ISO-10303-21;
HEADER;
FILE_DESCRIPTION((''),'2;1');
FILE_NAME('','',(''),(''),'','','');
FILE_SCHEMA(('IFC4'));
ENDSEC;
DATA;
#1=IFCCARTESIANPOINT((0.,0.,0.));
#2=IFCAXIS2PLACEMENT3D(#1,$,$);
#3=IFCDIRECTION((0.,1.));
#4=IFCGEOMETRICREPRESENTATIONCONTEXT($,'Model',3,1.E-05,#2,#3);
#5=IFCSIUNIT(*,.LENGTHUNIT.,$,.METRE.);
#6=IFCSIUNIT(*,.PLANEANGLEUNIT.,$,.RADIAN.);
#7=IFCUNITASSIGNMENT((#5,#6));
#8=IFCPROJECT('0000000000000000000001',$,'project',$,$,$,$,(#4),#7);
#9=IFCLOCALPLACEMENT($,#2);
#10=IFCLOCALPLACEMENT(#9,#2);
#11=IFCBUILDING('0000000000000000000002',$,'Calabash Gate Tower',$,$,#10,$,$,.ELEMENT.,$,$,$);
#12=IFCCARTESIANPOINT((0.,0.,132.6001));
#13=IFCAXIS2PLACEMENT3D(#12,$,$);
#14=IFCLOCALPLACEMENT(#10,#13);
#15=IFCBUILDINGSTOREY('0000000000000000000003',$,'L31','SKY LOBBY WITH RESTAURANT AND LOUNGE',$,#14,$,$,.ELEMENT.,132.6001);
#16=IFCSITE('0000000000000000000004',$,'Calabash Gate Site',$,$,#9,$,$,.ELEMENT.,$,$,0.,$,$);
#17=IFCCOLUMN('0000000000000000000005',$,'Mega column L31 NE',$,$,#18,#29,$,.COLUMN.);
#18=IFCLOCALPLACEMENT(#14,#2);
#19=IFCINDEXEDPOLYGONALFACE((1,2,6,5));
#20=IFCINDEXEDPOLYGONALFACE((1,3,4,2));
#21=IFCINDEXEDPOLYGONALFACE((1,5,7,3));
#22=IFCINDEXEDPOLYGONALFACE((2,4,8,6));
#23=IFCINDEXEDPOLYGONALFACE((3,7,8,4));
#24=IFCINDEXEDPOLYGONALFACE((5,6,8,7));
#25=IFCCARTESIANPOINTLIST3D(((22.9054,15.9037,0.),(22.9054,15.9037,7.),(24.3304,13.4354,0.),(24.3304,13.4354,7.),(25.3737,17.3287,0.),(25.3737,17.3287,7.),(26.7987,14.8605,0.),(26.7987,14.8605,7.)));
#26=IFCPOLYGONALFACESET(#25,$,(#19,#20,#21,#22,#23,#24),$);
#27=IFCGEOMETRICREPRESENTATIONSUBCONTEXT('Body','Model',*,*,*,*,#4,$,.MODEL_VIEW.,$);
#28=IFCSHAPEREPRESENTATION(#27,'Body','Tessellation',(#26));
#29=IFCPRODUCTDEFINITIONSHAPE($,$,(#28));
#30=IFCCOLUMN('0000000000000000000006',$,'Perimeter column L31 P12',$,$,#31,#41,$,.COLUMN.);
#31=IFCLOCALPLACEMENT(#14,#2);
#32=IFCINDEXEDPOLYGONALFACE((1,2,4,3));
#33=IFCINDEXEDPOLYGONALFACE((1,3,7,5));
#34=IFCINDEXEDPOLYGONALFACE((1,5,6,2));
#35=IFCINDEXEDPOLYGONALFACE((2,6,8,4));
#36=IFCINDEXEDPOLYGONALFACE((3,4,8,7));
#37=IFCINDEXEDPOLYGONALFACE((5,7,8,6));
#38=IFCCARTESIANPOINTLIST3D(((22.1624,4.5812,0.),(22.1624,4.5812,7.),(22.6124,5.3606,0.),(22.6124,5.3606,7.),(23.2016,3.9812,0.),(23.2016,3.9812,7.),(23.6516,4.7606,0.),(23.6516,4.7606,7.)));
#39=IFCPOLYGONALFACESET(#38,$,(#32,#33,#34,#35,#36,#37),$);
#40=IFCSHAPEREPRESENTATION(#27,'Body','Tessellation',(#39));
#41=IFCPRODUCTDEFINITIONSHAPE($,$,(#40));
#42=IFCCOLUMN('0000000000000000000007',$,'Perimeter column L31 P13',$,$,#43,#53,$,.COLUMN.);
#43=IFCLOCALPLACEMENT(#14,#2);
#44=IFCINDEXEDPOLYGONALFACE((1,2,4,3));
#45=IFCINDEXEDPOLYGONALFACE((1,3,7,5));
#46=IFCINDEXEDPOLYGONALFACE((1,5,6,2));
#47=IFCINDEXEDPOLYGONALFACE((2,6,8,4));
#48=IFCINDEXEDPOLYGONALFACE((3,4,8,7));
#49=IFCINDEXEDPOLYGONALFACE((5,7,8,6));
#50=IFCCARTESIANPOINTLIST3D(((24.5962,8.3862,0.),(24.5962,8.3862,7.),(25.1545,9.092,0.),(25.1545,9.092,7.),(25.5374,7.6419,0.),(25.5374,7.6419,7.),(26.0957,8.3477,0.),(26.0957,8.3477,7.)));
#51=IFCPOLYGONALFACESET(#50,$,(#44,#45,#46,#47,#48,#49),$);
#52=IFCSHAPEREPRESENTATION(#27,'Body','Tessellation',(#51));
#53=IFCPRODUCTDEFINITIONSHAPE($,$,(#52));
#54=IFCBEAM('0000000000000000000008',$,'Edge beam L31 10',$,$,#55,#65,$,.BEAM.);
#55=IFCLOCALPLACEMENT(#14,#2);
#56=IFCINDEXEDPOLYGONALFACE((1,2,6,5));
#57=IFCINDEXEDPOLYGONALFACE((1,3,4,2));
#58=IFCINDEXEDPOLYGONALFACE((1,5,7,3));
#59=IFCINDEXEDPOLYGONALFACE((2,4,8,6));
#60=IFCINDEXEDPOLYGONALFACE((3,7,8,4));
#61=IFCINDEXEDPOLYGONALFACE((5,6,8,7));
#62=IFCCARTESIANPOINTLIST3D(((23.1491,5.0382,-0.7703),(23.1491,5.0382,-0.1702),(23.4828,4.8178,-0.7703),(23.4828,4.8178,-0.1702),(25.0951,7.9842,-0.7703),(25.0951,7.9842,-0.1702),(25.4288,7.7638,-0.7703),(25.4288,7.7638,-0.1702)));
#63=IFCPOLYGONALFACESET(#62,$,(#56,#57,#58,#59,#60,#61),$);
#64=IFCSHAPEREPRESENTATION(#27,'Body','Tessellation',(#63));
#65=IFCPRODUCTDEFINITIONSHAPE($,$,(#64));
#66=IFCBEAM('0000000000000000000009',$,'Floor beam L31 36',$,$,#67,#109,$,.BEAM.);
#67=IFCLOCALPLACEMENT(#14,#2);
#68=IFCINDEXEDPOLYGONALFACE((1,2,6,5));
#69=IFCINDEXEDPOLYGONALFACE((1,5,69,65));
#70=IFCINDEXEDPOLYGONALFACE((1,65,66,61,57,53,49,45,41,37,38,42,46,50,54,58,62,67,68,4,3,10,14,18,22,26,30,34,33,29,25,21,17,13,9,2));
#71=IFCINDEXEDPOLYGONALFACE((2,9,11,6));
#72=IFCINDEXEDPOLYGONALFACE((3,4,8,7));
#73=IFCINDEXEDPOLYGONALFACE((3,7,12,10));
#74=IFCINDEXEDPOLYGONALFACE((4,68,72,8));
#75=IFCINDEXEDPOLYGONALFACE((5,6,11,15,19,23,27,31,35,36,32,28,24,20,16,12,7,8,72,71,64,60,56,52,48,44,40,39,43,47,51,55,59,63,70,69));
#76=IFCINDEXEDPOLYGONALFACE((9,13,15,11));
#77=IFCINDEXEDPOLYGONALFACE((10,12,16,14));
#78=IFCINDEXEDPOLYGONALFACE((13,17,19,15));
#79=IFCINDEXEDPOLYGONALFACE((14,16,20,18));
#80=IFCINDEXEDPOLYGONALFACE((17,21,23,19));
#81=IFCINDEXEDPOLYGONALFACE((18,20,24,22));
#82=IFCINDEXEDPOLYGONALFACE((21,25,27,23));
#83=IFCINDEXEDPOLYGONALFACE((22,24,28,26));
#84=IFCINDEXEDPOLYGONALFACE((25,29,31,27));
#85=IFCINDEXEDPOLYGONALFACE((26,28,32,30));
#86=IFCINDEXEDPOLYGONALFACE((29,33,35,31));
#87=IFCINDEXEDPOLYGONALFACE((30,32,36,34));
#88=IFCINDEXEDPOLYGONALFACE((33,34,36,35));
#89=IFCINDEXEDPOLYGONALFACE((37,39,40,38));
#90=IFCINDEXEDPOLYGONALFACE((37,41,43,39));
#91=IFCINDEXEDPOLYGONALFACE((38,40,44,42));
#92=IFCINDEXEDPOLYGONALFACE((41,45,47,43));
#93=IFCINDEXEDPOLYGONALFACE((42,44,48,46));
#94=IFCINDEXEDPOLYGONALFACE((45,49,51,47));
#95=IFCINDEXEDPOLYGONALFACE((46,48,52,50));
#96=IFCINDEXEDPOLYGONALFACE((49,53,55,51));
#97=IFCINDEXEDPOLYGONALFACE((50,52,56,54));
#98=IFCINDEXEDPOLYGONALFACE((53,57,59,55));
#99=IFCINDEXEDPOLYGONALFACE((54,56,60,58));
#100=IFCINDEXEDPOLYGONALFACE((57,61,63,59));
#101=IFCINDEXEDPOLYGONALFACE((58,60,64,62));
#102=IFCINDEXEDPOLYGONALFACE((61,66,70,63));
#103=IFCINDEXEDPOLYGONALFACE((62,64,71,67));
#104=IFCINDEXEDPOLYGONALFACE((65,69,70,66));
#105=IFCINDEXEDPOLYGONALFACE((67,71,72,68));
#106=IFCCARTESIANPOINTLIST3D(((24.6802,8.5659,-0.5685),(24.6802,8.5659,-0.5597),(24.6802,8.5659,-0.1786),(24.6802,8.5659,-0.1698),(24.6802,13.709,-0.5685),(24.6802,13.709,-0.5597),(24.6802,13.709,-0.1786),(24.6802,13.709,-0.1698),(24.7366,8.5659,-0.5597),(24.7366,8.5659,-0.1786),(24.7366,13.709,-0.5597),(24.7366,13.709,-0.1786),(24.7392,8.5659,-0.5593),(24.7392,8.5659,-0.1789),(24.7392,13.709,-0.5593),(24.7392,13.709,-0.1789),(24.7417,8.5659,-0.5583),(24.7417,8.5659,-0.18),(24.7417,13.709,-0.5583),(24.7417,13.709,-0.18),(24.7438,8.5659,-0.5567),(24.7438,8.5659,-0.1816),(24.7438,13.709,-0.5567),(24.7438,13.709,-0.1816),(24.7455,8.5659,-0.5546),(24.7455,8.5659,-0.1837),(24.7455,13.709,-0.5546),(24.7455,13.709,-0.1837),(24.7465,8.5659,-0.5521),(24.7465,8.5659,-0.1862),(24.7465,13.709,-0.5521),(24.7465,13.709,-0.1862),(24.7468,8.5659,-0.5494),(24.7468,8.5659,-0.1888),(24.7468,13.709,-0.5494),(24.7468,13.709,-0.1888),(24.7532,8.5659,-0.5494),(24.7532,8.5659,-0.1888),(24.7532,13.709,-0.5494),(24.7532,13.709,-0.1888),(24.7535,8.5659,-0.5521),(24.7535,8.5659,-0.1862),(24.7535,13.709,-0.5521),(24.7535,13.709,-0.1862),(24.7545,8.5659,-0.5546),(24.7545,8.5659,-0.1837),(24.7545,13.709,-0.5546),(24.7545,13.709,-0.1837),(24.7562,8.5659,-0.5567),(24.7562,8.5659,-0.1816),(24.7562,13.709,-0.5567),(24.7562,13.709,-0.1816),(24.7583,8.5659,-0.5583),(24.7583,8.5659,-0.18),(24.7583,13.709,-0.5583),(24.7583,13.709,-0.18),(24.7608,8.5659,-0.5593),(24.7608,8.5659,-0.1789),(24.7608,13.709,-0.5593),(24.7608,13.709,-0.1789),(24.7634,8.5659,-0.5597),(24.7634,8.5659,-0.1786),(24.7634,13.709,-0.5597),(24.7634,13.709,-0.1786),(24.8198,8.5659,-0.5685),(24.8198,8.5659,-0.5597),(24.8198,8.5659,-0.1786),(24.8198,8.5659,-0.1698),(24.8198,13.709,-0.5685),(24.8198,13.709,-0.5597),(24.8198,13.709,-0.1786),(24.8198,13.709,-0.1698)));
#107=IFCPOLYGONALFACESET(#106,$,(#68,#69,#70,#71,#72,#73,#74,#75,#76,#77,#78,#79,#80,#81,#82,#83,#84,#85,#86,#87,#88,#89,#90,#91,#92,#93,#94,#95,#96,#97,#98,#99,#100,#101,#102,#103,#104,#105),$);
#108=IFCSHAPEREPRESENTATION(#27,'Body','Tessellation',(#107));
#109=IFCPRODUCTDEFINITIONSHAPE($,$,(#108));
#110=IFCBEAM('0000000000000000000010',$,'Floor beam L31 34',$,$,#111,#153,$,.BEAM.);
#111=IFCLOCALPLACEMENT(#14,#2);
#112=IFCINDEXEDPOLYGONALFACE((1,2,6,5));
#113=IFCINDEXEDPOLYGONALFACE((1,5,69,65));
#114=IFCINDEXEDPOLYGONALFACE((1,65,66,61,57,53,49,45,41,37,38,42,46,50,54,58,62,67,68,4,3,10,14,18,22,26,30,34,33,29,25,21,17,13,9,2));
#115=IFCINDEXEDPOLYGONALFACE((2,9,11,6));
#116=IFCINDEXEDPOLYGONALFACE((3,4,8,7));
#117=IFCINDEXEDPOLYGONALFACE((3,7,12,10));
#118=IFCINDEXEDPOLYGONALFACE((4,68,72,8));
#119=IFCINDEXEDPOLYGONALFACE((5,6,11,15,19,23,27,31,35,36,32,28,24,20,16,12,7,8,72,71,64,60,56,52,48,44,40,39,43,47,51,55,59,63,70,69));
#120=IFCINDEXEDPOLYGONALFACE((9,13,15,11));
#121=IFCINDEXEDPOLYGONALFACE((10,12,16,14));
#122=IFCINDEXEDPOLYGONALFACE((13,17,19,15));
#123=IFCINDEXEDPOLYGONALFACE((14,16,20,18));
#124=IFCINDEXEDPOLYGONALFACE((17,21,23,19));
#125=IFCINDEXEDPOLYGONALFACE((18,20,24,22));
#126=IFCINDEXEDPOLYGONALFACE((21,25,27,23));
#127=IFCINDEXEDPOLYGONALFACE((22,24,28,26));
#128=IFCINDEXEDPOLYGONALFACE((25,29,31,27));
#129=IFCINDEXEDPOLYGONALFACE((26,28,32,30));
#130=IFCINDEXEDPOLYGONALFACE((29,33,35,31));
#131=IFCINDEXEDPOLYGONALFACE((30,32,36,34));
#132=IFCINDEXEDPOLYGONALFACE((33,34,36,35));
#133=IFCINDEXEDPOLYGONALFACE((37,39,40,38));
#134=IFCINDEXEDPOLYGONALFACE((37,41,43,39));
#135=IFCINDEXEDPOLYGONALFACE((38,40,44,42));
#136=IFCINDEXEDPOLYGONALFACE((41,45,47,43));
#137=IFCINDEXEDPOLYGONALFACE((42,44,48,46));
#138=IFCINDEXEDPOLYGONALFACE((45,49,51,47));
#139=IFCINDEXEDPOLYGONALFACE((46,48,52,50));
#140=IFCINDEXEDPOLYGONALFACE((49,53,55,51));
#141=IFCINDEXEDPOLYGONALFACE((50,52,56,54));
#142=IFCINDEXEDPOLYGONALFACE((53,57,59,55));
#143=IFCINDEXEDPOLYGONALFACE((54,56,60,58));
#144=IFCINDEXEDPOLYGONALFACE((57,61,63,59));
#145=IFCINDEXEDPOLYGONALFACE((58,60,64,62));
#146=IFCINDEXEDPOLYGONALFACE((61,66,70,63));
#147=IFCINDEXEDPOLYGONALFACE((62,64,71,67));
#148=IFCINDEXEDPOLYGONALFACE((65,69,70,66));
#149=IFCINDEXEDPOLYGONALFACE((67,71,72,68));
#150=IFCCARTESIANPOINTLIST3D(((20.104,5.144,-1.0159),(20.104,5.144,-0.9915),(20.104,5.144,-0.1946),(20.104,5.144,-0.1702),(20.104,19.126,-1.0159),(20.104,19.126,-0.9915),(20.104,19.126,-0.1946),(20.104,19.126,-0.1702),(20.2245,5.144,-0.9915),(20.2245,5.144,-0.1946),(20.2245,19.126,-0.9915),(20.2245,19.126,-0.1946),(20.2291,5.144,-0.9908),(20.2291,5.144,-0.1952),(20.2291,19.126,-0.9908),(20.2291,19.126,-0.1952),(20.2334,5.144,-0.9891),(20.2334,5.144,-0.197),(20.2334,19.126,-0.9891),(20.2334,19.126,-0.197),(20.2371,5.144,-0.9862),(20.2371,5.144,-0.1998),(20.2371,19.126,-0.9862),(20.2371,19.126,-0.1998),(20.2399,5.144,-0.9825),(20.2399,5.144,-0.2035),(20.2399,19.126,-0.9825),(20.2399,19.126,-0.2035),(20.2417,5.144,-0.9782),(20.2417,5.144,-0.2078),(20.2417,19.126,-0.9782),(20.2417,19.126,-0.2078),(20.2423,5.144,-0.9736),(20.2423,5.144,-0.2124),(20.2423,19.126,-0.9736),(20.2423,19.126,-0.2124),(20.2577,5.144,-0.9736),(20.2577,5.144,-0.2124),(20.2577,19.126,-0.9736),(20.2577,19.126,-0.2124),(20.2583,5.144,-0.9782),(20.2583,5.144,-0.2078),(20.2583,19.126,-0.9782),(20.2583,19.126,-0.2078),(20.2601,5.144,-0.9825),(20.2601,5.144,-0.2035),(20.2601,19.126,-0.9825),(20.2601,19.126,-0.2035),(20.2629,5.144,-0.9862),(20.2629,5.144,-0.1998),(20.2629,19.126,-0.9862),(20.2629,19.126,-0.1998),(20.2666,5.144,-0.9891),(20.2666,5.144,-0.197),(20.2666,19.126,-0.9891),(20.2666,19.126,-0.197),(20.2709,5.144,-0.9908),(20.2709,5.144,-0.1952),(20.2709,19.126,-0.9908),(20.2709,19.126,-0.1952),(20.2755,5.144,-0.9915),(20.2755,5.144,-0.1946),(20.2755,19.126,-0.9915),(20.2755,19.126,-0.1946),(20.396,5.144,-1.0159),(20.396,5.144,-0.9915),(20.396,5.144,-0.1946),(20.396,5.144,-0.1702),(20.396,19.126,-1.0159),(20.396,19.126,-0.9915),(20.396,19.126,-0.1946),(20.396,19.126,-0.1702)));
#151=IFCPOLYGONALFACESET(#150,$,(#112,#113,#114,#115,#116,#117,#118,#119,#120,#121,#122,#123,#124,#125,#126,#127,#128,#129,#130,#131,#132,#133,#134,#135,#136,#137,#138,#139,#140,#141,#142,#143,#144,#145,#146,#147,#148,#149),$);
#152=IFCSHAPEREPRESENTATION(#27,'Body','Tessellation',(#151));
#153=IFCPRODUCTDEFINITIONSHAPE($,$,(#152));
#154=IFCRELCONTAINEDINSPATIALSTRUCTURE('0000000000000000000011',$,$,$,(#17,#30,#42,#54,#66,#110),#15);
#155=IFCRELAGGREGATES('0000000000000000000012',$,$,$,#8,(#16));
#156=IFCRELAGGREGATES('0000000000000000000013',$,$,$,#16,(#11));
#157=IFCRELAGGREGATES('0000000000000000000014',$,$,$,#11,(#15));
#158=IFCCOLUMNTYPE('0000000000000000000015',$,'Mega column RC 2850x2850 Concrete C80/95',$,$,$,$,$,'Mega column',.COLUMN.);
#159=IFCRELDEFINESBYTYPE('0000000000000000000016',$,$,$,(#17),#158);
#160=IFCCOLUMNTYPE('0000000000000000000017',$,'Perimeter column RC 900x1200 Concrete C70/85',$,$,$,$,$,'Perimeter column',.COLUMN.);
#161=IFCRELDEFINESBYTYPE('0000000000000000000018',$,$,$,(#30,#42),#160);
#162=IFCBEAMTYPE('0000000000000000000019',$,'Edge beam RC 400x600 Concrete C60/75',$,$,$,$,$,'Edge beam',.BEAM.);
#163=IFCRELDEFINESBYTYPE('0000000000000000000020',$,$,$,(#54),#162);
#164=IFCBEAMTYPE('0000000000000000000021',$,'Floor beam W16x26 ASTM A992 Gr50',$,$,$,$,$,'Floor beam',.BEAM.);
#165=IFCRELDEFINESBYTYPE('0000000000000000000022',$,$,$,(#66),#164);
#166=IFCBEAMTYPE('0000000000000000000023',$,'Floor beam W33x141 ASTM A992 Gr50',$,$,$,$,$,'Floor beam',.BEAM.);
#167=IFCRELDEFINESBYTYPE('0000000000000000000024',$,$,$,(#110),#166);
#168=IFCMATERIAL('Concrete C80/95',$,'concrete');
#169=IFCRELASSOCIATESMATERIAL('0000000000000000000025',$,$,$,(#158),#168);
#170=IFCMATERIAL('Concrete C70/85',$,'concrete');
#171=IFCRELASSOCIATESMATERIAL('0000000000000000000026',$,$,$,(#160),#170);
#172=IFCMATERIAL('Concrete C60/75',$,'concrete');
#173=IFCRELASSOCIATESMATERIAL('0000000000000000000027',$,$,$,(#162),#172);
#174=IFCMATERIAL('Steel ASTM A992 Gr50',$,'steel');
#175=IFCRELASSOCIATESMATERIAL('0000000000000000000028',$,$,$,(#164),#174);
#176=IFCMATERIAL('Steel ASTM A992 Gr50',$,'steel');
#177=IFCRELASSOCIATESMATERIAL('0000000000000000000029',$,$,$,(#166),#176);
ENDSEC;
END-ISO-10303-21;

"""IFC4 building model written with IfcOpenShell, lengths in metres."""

from ifc_helpers import new_model, si_unit, direction, frame, origin, origin_2d, place, context, subcontext, project, spatial, rectangle, i_section, extrude, material, material_profile, profile_set, type_object, element, save


model = new_model("IFC4")

# Units and contexts
model_context = context("Model", 3, precision=1e-05, world=origin(), true_north=direction((0.0, 1.0)))
body_context = subcontext(model_context, "Body", "Model", "MODEL_VIEW")
ifc_project = project(units=[si_unit("LENGTHUNIT", "METRE"), si_unit("PLANEANGLEUNIT", "RADIAN")], contexts=[model_context])

# Site, building, storey
site_placement = place(None, origin())
site = spatial("IfcSite", under=ifc_project, at=site_placement, Name="Calabash Gate Site", CompositionType="ELEMENT", RefElevation=0.0)
building_placement = place(site_placement, origin())
building = spatial("IfcBuilding", under=site, at=building_placement, Name="Calabash Gate Tower", CompositionType="ELEMENT")
storey_placement = place(building_placement, frame((0.0, 0.0, 132.6001)))
storey = spatial("IfcBuildingStorey", under=building, at=storey_placement, Name="L31", Description="SKY LOBBY WITH RESTAURANT AND LOUNGE", CompositionType="ELEMENT", Elevation=132.6001)

# Columns
ifc_material_1 = material(Name="Concrete C80/95", Category="concrete")
ifc_material_profile_1 = material_profile(ifc_material_1, rectangle(XDim=2.8501, YDim=2.8501, at=origin_2d()))
ifc_profile_set_1 = profile_set([ifc_material_profile_1], Name="Concrete C80/95")
column_type_1 = type_object("IfcColumnType", Name="Mega column RC 2850x2850 Concrete C80/95", ElementType="Mega column", PredefinedType="COLUMN", material=ifc_profile_set_1)
column_placement = place(storey_placement, frame((24.8521, 15.3821, 0.0), z_axis=(0.0, 0.0, 1.0), x_axis=(-0.866025, -0.5, 0.0)))
element("IfcColumn", 1, at=column_placement, inside=storey, type_object=column_type_1, Name="Mega column L31 NE", PredefinedType="COLUMN", context=body_context, shape_type="SweptSolid", body=[
    extrude(rectangle(XDim=2.8501, YDim=2.8501, at=origin_2d()), origin(), (0.0, 0.0, 1.0), 7.0),
])
ifc_material_2 = material(Name="Concrete C70/85", Category="concrete")
ifc_material_profile_2 = material_profile(ifc_material_2, rectangle(XDim=0.8999, YDim=1.2, at=origin_2d()))
ifc_profile_set_2 = profile_set([ifc_material_profile_2], Name="Concrete C70/85")
column_type_2 = type_object("IfcColumnType", Name="Perimeter column RC 900x1200 Concrete C70/85", ElementType="Perimeter column", PredefinedType="COLUMN", material=ifc_profile_set_2)
for number, where, z_axis, x_axis, name in (
    (2, (22.907, 4.6709, 0.0), (0.0, 0.0, 1.0), (0.5, 0.866025, 0.0), "Perimeter column L31 P12"),
    (3, (25.3459, 8.3669, 0.0), (0.0, 0.0, 1.0), (0.620301, 0.784364, 0.0), "Perimeter column L31 P13"),
):
    element("IfcColumn", number, at=place(storey_placement, frame(where, z_axis=z_axis, x_axis=x_axis)), inside=storey, type_object=column_type_2, Name=name, PredefinedType="COLUMN", context=body_context, shape_type="SweptSolid", body=[
        extrude(rectangle(XDim=0.8999, YDim=1.2, at=origin_2d()), origin(), (0.0, 0.0, 1.0), 7.0),
    ])

# Beams
ifc_material_3 = material(Name="Concrete C60/75", Category="concrete")
ifc_material_profile_3 = material_profile(ifc_material_3, rectangle(XDim=0.3999, YDim=0.6001, at=origin_2d()))
ifc_profile_set_3 = profile_set([ifc_material_profile_3], Name="Concrete C60/75")
beam_type_1 = type_object("IfcBeamType", Name="Edge beam RC 400x600 Concrete C60/75", ElementType="Edge beam", PredefinedType="BEAM", material=ifc_profile_set_3)
beam_1_placement = place(storey_placement, frame((23.3159, 4.928, -0.4702), z_axis=(0.551169, 0.834394, 0.0), x_axis=(-0.834394, 0.551169, 0.0)))
element("IfcBeam", 4, at=beam_1_placement, inside=storey, type_object=beam_type_1, Name="Edge beam L31 10", PredefinedType="BEAM", context=body_context, shape_type="SweptSolid", body=[
    extrude(rectangle(XDim=0.3999, YDim=0.6001, at=origin_2d()), origin(), (0.0, 0.0, 1.0), 3.5308),
])
ifc_material_4 = material(Name="Steel ASTM A992 Gr50", Category="steel")
ifc_material_profile_4 = material_profile(ifc_material_4, i_section(OverallWidth=0.1396, OverallDepth=0.3987, WebThickness=0.0063, FlangeThickness=0.0088, FilletRadius=0.0103, at=origin_2d()))
ifc_profile_set_4 = profile_set([ifc_material_profile_4], Name="Steel ASTM A992 Gr50")
beam_type_2 = type_object("IfcBeamType", Name="Floor beam W16x26 ASTM A992 Gr50", ElementType="Floor beam", PredefinedType="BEAM", material=ifc_profile_set_4)
beam_2_placement = place(storey_placement, frame((24.75, 8.5659, -0.3691), z_axis=(0.0, 1.0, 0.0), x_axis=(-1.0, 0.0, 0.0)))
element("IfcBeam", 5, at=beam_2_placement, inside=storey, type_object=beam_type_2, Name="Floor beam L31 36", PredefinedType="BEAM", context=body_context, shape_type="SweptSolid", body=[
    extrude(i_section(OverallWidth=0.1396, OverallDepth=0.3987, WebThickness=0.0063, FlangeThickness=0.0088, FilletRadius=0.0103, at=origin_2d()), origin(), (0.0, 0.0, 1.0), 5.1431),
])
ifc_material_5 = material(Name="Steel ASTM A992 Gr50", Category="steel")
ifc_material_profile_5 = material_profile(ifc_material_5, i_section(OverallWidth=0.292, OverallDepth=0.8457, WebThickness=0.0154, FlangeThickness=0.0244, FilletRadius=0.0178, at=origin_2d()))
ifc_profile_set_5 = profile_set([ifc_material_profile_5], Name="Steel ASTM A992 Gr50")
beam_type_3 = type_object("IfcBeamType", Name="Floor beam W33x141 ASTM A992 Gr50", ElementType="Floor beam", PredefinedType="BEAM", material=ifc_profile_set_5)
beam_3_placement = place(storey_placement, frame((20.25, 5.144, -0.593), z_axis=(0.0, 1.0, 0.0), x_axis=(-1.0, 0.0, 0.0)))
element("IfcBeam", 6, at=beam_3_placement, inside=storey, type_object=beam_type_3, Name="Floor beam L31 34", PredefinedType="BEAM", context=body_context, shape_type="SweptSolid", body=[
    extrude(i_section(OverallWidth=0.292, OverallDepth=0.8457, WebThickness=0.0154, FlangeThickness=0.0244, FilletRadius=0.0178, at=origin_2d()), origin(), (0.0, 0.0, 1.0), 13.9819),
])

save(model, "model.ifc")
